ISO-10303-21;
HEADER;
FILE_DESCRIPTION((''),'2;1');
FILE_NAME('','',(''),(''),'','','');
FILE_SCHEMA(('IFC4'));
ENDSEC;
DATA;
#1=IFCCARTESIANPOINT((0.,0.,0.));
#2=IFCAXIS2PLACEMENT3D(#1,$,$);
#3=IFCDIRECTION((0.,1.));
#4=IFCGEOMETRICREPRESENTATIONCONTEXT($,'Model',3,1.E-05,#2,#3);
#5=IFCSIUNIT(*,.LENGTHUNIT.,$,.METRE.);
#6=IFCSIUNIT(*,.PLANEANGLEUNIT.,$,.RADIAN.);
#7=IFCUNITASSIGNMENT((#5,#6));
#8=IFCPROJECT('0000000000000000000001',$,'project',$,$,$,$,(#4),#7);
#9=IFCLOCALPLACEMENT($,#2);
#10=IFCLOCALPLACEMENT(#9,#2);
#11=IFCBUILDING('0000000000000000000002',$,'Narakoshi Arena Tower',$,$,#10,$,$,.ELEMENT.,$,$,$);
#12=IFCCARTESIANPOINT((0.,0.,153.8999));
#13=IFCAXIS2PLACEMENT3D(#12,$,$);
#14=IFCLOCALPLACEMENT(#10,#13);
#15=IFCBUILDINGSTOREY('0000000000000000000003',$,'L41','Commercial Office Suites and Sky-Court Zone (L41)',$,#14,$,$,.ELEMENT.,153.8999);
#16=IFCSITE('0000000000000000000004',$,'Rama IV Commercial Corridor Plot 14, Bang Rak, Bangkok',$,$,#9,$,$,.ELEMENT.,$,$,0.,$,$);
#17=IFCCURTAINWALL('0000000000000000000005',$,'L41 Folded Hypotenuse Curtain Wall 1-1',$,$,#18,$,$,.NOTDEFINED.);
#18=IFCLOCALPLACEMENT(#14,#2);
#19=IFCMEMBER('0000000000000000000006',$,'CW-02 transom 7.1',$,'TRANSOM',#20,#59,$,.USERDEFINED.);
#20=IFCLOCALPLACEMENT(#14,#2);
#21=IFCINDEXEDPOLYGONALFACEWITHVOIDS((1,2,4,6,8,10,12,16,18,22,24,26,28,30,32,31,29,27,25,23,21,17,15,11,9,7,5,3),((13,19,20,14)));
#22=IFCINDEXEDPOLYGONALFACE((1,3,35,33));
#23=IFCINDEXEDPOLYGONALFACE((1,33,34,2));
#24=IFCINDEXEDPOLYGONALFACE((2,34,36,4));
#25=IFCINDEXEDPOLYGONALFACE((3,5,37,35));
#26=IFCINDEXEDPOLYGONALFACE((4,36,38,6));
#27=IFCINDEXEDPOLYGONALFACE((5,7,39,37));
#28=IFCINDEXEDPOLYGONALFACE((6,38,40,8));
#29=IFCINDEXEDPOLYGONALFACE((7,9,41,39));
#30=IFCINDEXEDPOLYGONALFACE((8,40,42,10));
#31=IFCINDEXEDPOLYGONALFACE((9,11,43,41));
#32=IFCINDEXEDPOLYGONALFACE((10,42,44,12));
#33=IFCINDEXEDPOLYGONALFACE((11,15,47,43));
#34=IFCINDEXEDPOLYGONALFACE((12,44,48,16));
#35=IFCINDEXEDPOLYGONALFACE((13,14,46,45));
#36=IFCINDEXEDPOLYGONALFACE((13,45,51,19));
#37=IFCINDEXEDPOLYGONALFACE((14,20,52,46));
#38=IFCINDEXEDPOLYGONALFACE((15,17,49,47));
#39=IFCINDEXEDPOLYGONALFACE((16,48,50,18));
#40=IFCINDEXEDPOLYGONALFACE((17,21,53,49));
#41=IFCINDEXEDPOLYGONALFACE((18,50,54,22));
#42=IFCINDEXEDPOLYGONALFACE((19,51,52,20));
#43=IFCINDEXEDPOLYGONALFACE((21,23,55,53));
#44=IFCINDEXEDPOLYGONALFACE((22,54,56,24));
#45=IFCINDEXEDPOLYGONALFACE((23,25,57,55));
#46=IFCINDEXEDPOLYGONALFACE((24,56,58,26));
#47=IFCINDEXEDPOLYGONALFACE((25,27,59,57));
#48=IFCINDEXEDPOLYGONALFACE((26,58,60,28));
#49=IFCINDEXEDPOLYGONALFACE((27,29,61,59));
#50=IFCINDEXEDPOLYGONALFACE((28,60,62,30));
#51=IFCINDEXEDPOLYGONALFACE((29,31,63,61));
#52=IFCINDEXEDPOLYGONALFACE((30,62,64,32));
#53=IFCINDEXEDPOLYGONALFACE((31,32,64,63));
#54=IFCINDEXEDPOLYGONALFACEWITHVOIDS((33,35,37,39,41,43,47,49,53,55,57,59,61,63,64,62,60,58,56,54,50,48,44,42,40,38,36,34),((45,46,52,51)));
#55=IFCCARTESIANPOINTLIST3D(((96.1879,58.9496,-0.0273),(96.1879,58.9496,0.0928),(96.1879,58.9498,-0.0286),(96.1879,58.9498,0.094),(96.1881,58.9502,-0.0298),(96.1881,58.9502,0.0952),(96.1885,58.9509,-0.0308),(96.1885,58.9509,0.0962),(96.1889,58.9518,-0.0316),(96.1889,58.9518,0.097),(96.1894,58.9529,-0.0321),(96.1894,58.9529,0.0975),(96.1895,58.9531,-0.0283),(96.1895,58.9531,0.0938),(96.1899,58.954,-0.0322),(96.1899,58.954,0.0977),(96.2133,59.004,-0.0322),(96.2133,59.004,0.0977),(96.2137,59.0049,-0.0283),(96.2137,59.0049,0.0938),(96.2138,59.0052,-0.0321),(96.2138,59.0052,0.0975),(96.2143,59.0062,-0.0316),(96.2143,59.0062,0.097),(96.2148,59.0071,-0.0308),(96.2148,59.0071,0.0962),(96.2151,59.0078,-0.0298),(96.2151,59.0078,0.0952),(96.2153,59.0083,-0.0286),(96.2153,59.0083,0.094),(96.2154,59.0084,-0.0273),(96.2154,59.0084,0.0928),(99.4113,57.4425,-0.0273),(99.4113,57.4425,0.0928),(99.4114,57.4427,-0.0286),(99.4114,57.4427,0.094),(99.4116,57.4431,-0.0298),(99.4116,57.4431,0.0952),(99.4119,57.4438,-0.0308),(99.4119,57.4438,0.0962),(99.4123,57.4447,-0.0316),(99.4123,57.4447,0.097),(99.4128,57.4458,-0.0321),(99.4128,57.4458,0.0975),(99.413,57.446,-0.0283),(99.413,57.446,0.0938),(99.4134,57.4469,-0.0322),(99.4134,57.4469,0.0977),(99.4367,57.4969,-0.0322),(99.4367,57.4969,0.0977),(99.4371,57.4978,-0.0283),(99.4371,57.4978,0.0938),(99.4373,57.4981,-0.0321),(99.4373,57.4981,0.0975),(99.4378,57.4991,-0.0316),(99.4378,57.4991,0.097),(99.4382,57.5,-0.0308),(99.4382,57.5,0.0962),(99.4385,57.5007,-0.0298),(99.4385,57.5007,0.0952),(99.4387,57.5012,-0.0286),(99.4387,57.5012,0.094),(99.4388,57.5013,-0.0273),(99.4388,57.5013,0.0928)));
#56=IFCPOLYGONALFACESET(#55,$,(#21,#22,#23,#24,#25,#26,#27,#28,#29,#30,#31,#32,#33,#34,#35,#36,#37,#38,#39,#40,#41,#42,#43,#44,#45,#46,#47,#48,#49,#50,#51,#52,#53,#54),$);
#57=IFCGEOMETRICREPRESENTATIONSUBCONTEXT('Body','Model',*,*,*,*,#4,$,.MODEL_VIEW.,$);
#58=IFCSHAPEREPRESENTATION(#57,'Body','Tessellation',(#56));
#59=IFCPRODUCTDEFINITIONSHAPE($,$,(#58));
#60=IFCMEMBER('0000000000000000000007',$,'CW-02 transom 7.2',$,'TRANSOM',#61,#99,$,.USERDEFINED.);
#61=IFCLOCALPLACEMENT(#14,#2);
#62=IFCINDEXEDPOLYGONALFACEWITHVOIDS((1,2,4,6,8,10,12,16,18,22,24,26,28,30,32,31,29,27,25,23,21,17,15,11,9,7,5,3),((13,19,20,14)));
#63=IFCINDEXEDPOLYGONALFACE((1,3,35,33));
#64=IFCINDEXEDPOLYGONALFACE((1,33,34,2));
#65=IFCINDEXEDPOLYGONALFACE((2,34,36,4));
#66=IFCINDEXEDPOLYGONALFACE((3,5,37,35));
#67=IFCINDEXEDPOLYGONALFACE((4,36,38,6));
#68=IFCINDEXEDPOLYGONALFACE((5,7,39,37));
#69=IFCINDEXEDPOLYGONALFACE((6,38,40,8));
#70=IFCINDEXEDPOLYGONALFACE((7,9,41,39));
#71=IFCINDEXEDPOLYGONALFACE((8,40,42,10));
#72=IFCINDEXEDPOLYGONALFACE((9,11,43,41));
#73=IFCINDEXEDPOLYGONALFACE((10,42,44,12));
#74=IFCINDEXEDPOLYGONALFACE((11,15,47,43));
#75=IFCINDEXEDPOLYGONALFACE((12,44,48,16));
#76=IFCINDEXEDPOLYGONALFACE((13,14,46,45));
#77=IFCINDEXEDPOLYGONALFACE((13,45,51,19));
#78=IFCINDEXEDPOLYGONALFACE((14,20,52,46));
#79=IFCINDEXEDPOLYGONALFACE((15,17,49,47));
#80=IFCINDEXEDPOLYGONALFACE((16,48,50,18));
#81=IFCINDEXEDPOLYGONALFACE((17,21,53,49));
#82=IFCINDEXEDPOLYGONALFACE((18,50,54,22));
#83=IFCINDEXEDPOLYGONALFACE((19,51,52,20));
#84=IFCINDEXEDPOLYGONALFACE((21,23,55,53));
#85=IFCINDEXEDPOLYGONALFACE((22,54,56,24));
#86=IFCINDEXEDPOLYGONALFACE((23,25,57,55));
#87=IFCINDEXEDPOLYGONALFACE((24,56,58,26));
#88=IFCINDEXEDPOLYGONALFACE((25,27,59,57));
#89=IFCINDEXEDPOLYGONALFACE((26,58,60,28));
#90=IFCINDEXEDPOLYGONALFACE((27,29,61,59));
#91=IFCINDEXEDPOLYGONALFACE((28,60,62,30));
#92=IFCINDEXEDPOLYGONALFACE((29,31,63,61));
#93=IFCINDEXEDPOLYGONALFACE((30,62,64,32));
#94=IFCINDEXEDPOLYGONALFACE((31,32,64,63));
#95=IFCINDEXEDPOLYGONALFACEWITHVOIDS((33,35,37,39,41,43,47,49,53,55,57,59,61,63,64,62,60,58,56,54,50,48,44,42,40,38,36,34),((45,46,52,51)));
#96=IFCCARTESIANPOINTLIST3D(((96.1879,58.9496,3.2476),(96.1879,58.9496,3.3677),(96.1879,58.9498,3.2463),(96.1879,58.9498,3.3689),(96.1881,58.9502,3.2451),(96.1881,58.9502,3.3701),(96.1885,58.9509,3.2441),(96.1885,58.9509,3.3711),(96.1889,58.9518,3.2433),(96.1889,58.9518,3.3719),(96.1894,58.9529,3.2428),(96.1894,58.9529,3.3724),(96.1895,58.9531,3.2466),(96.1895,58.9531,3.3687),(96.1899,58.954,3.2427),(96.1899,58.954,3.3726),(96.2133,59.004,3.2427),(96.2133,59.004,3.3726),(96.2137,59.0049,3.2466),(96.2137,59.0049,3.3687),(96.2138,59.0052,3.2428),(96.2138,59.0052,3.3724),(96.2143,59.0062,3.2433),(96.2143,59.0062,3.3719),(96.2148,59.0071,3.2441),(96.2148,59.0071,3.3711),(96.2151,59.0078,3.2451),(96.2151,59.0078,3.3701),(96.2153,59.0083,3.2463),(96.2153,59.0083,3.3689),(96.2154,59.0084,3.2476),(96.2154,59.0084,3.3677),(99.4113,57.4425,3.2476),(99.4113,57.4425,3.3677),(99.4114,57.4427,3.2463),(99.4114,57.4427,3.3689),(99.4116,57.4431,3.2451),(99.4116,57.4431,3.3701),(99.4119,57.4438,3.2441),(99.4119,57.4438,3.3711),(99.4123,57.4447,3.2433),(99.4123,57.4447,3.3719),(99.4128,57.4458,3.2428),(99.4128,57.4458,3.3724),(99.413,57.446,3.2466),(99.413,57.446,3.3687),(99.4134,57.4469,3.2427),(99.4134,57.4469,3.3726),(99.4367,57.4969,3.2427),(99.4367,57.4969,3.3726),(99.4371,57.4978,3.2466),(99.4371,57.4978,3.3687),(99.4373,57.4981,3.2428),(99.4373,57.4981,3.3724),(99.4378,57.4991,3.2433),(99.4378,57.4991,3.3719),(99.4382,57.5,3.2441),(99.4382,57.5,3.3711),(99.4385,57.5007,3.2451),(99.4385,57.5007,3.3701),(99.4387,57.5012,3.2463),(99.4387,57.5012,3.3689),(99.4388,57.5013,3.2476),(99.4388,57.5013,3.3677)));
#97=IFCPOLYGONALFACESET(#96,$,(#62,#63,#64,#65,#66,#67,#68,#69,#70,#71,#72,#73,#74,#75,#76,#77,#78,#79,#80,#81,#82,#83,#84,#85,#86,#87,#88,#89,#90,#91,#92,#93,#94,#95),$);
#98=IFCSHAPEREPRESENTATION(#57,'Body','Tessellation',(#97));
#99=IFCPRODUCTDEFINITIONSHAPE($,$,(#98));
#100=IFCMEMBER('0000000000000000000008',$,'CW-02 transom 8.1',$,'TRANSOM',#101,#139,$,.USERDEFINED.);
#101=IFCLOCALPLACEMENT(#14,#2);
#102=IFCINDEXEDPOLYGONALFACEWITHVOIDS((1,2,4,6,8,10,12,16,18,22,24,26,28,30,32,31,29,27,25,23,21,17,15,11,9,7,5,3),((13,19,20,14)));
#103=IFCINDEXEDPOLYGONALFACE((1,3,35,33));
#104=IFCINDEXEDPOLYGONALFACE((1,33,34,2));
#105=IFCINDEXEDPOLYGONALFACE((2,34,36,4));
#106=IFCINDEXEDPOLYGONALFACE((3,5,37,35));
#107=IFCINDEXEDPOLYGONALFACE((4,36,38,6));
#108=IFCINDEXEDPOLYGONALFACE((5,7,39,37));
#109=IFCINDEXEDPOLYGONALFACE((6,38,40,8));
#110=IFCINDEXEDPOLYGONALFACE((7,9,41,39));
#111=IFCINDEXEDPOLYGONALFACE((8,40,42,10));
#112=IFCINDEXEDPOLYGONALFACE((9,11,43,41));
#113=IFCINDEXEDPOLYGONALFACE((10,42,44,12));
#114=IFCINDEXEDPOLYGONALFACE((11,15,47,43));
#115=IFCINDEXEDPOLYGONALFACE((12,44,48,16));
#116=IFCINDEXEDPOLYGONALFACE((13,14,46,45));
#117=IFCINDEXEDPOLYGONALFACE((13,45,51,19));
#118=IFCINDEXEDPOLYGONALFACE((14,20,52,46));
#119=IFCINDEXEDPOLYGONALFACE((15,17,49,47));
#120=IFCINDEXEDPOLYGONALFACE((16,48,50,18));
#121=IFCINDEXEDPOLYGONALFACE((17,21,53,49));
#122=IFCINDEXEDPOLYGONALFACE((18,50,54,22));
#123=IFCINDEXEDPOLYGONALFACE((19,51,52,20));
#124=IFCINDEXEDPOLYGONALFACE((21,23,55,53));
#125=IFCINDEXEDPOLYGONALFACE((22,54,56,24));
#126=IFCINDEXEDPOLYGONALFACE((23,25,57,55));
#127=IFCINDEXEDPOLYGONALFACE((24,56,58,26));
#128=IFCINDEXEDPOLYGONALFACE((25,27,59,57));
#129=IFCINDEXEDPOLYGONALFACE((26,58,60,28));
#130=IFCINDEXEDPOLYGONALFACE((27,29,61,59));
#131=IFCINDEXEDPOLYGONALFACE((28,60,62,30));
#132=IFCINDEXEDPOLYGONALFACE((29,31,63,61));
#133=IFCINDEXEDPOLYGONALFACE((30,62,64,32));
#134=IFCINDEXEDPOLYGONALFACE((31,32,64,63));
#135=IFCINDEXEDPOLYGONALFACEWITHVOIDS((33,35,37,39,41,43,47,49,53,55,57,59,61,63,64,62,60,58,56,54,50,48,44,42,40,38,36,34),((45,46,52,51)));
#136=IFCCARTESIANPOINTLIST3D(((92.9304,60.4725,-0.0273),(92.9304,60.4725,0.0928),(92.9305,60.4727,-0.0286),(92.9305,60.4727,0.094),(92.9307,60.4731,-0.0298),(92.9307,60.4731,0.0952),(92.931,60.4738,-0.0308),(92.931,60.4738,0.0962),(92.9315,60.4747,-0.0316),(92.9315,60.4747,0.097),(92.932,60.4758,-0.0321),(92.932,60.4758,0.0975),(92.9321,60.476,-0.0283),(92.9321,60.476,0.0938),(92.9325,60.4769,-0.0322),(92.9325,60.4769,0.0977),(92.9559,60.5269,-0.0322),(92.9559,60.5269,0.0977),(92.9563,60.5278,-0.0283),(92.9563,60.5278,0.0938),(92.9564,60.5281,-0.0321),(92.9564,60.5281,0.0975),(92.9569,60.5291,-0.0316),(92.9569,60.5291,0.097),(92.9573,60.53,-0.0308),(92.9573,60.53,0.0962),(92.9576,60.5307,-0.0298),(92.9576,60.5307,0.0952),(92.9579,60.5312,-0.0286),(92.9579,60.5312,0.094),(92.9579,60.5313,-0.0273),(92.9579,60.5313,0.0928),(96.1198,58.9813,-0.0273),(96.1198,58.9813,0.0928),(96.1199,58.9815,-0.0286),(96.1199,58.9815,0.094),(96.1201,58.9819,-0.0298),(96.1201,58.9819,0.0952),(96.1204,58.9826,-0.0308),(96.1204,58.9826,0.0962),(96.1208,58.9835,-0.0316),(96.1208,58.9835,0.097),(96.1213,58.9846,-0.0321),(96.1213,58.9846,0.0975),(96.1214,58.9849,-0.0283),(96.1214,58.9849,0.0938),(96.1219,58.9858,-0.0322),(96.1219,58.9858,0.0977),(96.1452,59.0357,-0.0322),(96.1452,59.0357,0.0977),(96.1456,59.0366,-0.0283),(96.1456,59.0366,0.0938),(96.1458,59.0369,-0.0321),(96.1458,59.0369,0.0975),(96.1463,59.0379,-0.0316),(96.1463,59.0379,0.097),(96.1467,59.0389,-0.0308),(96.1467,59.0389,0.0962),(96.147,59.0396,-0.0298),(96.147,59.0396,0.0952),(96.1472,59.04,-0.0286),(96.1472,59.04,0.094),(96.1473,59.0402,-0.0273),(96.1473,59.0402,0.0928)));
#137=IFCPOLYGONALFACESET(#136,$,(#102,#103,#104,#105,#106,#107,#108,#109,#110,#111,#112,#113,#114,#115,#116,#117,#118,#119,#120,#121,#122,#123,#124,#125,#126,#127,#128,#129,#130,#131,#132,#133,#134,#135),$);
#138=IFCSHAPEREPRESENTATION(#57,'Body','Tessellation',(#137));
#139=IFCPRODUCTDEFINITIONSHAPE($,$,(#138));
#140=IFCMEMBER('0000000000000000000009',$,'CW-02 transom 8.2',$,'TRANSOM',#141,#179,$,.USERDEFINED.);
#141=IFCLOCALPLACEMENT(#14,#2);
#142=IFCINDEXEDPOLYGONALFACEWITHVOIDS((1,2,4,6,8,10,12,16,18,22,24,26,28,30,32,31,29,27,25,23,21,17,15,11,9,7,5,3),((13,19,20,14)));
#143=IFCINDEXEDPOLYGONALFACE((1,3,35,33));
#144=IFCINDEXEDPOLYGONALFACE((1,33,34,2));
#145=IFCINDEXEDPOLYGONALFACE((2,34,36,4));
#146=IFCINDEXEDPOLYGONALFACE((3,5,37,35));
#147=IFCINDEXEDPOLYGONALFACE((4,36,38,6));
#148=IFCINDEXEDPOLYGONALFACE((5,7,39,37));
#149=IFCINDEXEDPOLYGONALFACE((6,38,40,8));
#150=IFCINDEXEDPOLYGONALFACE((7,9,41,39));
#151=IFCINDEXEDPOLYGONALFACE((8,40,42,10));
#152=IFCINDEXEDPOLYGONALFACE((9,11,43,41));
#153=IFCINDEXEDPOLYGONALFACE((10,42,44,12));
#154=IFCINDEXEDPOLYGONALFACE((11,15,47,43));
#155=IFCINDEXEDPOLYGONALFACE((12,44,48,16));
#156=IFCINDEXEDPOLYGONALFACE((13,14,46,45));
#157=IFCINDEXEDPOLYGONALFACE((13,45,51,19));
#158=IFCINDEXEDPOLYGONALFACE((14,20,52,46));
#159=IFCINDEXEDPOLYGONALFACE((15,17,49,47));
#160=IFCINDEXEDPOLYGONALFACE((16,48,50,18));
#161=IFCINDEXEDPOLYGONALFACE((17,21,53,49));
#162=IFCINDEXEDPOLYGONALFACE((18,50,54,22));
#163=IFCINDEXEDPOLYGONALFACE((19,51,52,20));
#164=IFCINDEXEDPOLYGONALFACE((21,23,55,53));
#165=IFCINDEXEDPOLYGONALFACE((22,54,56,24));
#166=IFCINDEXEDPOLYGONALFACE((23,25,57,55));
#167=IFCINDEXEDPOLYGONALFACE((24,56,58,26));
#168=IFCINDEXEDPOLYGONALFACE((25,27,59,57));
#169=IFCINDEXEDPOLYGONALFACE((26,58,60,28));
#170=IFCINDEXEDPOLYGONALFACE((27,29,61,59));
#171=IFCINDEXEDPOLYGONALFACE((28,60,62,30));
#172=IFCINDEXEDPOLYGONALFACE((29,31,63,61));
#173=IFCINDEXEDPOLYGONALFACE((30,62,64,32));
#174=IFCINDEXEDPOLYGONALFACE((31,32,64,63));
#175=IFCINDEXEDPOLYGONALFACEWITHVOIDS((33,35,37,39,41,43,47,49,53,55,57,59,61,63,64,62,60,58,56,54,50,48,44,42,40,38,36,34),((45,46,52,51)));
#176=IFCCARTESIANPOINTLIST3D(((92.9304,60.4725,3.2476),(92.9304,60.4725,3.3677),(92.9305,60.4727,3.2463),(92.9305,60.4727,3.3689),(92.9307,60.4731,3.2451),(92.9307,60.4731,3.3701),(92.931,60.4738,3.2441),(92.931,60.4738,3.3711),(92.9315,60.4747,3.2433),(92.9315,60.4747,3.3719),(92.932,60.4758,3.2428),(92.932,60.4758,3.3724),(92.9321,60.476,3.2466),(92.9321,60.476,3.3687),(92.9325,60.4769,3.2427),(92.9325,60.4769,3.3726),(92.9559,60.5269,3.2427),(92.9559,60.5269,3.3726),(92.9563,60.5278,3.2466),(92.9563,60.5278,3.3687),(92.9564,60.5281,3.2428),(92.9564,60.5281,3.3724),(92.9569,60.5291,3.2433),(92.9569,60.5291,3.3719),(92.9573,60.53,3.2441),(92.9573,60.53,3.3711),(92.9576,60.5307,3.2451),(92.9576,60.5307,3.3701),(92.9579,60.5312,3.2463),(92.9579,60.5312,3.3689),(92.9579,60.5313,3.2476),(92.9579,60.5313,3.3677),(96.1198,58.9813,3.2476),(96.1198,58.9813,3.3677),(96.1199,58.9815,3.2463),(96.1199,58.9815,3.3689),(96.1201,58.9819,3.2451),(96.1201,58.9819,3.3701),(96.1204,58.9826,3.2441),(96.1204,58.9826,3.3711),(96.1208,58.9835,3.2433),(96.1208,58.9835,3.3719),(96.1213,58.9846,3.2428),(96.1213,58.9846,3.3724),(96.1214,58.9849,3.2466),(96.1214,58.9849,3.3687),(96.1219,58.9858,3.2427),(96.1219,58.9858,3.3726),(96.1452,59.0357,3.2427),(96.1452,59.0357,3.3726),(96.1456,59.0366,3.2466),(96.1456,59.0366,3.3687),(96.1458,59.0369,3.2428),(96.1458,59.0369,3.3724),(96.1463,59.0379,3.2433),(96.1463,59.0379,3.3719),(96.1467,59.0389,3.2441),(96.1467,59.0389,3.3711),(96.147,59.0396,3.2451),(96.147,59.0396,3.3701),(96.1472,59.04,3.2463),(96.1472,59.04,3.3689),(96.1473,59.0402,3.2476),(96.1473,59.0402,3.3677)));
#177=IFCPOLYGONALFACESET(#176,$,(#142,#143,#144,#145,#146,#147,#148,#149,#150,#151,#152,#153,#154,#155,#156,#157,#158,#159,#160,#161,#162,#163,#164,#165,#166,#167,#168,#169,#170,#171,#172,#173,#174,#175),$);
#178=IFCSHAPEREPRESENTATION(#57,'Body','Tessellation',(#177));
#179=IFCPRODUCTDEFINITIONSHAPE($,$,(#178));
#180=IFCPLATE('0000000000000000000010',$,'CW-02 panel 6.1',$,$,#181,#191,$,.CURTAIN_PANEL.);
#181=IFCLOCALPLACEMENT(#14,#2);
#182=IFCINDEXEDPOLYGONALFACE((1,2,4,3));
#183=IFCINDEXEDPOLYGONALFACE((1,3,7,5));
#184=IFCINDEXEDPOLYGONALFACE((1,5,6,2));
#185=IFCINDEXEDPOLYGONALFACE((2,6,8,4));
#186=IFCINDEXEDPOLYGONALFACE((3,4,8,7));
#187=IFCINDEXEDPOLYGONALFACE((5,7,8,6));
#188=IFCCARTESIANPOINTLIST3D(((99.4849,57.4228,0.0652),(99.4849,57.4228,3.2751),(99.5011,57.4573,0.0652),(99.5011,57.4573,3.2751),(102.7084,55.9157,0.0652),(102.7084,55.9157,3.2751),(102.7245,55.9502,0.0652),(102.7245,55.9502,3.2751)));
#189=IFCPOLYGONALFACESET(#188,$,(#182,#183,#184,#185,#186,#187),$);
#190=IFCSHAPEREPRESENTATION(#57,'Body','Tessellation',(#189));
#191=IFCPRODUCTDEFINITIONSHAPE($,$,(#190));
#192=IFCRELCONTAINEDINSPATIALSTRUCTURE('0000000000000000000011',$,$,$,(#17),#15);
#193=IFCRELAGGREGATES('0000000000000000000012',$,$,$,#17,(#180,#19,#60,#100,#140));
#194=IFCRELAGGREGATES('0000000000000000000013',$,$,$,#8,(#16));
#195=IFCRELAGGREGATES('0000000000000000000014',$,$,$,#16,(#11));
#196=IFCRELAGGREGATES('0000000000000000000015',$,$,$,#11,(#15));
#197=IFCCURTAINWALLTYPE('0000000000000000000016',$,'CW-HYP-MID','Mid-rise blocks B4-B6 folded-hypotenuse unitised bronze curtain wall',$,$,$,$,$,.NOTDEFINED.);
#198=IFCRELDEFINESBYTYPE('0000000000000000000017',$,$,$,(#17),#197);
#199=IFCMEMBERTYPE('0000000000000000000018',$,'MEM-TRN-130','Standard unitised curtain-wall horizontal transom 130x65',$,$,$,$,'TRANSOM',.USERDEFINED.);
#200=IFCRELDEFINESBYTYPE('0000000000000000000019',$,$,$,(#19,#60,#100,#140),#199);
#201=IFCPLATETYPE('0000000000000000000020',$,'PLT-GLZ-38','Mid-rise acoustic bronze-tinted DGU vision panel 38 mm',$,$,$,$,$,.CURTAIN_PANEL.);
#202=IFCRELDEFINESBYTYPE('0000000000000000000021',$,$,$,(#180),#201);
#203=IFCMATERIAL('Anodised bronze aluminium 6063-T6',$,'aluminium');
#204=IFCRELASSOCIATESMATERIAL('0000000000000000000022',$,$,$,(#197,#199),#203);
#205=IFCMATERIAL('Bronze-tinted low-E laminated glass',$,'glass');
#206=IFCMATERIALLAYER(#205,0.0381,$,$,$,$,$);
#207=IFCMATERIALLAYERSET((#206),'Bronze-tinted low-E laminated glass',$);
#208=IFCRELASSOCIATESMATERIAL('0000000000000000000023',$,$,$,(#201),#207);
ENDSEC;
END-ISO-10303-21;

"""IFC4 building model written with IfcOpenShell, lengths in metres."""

from ifc_helpers import new_model, si_unit, direction, frame, origin, origin_2d, place, context, subcontext, project, spatial, rectangle, hollow_rectangle, extrude, material, layer, layer_set, material_profile, profile_set, type_object, element, aggregate, save


model = new_model("IFC4")

# Units and contexts
model_context = context("Model", 3, precision=1e-05, world=origin(), true_north=direction((0.0, 1.0)))
body_context = subcontext(model_context, "Body", "Model", "MODEL_VIEW")
ifc_project = project(units=[si_unit("LENGTHUNIT", "METRE"), si_unit("PLANEANGLEUNIT", "RADIAN")], contexts=[model_context])

# Site, building, storey
site_placement = place(None, origin())
site = spatial("IfcSite", under=ifc_project, at=site_placement, Name="Rama IV Commercial Corridor Plot 14, Bang Rak, Bangkok", CompositionType="ELEMENT", RefElevation=0.0)
building_placement = place(site_placement, origin())
building = spatial("IfcBuilding", under=site, at=building_placement, Name="Narakoshi Arena Tower", CompositionType="ELEMENT")
storey_placement = place(building_placement, frame((0.0, 0.0, 153.8999)))
storey = spatial("IfcBuildingStorey", under=building, at=storey_placement, Name="L41", Description="Commercial Office Suites and Sky-Court Zone (L41)", CompositionType="ELEMENT", Elevation=153.8999)

# Curtain wall, members, plate
ifc_material_1 = material(Name="Anodised bronze aluminium 6063-T6", Category="aluminium")
curtain_wall_type = type_object("IfcCurtainWallType", Name="CW-HYP-MID", Description="Mid-rise blocks B4-B6 folded-hypotenuse unitised bronze curtain wall", PredefinedType="NOTDEFINED", material=ifc_material_1)
curtain_wall_placement = place(storey_placement, origin())
curtain_wall = element("IfcCurtainWall", 1, at=curtain_wall_placement, inside=storey, type_object=curtain_wall_type, Name="L41 Folded Hypotenuse Curtain Wall 1-1", PredefinedType="NOTDEFINED")
ifc_material_profile_1 = material_profile(ifc_material_1, hollow_rectangle(XDim=0.0649, YDim=0.1299, WallThickness=0.0039, OuterFilletRadius=0.0049, at=origin_2d()), Name="TRN130x65x4")
ifc_profile_set_1 = profile_set([ifc_material_profile_1], Name="Anodised bronze aluminium 6063-T6")
member_type_1 = type_object("IfcMemberType", Name="MEM-TRN-130", Description="Standard unitised curtain-wall horizontal transom 130x65", ElementType="TRANSOM", PredefinedType="USERDEFINED", material=ifc_profile_set_1)
member_1_placement = place(storey_placement, frame((99.425, 57.4719, 0.0327), z_axis=(-0.905878, 0.423539, 0.0), x_axis=(-0.423539, -0.905878, 0.0)))
member_1 = element("IfcMember", 2, at=member_1_placement, type_object=member_type_1, Name="CW-02 transom 7.1", ObjectType="TRANSOM", PredefinedType="USERDEFINED", context=body_context, shape_type="SweptSolid", body=[
    extrude(hollow_rectangle(XDim=0.0649, YDim=0.1299, WallThickness=0.0039, OuterFilletRadius=0.0049, at=origin_2d()), origin(), (0.0, 0.0, 1.0), 3.5583),
])
member_2_placement = place(storey_placement, frame((99.425, 57.4719, 3.3076), z_axis=(-0.905878, 0.423539, 0.0), x_axis=(-0.423539, -0.905878, 0.0)))
member_2 = element("IfcMember", 3, at=member_2_placement, type_object=member_type_1, Name="CW-02 transom 7.2", ObjectType="TRANSOM", PredefinedType="USERDEFINED", context=body_context, shape_type="SweptSolid", body=[
    extrude(hollow_rectangle(XDim=0.0649, YDim=0.1299, WallThickness=0.0039, OuterFilletRadius=0.0049, at=origin_2d()), origin(), (0.0, 0.0, 1.0), 3.5583),
])
member_3_placement = place(storey_placement, frame((96.1335, 59.0107, 0.0327), z_axis=(-0.905878, 0.423538, 0.0), x_axis=(-0.423538, -0.905878, 0.0)))
member_3 = element("IfcMember", 4, at=member_3_placement, type_object=member_type_1, Name="CW-02 transom 8.1", ObjectType="TRANSOM", PredefinedType="USERDEFINED", context=body_context, shape_type="SweptSolid", body=[
    extrude(hollow_rectangle(XDim=0.0649, YDim=0.1299, WallThickness=0.0039, OuterFilletRadius=0.0049, at=origin_2d()), origin(), (0.0, 0.0, 1.0), 3.5208),
])
member_4_placement = place(storey_placement, frame((96.1335, 59.0107, 3.3076), z_axis=(-0.905878, 0.423538, 0.0), x_axis=(-0.423538, -0.905878, 0.0)))
member_4 = element("IfcMember", 5, at=member_4_placement, type_object=member_type_1, Name="CW-02 transom 8.2", ObjectType="TRANSOM", PredefinedType="USERDEFINED", context=body_context, shape_type="SweptSolid", body=[
    extrude(hollow_rectangle(XDim=0.0649, YDim=0.1299, WallThickness=0.0039, OuterFilletRadius=0.0049, at=origin_2d()), origin(), (0.0, 0.0, 1.0), 3.5208),
])
ifc_material_2 = material(Name="Bronze-tinted low-E laminated glass", Category="glass")
ifc_layer_1 = layer(ifc_material_2, 0.0381)
ifc_layer_set_1 = layer_set([ifc_layer_1], Name="Bronze-tinted low-E laminated glass")
plate_type = type_object("IfcPlateType", Name="PLT-GLZ-38", Description="Mid-rise acoustic bronze-tinted DGU vision panel 38 mm", PredefinedType="CURTAIN_PANEL", material=ifc_layer_set_1)
plate_1_placement = place(storey_placement, frame((101.1047, 56.6865, 0.0652), z_axis=(0.0, 0.0, 1.0), x_axis=(-0.905881, 0.423532, 0.0)))
plate_1 = element("IfcPlate", 6, at=plate_1_placement, type_object=plate_type, Name="CW-02 panel 6.1", PredefinedType="CURTAIN_PANEL", context=body_context, shape_type="SweptSolid", body=[
    extrude(rectangle(XDim=3.5583, YDim=0.0381, at=origin_2d()), origin(), (0.0, 0.0, 1.0), 3.21),
])
aggregate(curtain_wall, [plate_1, member_1, member_2, member_3, member_4])

save(model, "model.ifc")
